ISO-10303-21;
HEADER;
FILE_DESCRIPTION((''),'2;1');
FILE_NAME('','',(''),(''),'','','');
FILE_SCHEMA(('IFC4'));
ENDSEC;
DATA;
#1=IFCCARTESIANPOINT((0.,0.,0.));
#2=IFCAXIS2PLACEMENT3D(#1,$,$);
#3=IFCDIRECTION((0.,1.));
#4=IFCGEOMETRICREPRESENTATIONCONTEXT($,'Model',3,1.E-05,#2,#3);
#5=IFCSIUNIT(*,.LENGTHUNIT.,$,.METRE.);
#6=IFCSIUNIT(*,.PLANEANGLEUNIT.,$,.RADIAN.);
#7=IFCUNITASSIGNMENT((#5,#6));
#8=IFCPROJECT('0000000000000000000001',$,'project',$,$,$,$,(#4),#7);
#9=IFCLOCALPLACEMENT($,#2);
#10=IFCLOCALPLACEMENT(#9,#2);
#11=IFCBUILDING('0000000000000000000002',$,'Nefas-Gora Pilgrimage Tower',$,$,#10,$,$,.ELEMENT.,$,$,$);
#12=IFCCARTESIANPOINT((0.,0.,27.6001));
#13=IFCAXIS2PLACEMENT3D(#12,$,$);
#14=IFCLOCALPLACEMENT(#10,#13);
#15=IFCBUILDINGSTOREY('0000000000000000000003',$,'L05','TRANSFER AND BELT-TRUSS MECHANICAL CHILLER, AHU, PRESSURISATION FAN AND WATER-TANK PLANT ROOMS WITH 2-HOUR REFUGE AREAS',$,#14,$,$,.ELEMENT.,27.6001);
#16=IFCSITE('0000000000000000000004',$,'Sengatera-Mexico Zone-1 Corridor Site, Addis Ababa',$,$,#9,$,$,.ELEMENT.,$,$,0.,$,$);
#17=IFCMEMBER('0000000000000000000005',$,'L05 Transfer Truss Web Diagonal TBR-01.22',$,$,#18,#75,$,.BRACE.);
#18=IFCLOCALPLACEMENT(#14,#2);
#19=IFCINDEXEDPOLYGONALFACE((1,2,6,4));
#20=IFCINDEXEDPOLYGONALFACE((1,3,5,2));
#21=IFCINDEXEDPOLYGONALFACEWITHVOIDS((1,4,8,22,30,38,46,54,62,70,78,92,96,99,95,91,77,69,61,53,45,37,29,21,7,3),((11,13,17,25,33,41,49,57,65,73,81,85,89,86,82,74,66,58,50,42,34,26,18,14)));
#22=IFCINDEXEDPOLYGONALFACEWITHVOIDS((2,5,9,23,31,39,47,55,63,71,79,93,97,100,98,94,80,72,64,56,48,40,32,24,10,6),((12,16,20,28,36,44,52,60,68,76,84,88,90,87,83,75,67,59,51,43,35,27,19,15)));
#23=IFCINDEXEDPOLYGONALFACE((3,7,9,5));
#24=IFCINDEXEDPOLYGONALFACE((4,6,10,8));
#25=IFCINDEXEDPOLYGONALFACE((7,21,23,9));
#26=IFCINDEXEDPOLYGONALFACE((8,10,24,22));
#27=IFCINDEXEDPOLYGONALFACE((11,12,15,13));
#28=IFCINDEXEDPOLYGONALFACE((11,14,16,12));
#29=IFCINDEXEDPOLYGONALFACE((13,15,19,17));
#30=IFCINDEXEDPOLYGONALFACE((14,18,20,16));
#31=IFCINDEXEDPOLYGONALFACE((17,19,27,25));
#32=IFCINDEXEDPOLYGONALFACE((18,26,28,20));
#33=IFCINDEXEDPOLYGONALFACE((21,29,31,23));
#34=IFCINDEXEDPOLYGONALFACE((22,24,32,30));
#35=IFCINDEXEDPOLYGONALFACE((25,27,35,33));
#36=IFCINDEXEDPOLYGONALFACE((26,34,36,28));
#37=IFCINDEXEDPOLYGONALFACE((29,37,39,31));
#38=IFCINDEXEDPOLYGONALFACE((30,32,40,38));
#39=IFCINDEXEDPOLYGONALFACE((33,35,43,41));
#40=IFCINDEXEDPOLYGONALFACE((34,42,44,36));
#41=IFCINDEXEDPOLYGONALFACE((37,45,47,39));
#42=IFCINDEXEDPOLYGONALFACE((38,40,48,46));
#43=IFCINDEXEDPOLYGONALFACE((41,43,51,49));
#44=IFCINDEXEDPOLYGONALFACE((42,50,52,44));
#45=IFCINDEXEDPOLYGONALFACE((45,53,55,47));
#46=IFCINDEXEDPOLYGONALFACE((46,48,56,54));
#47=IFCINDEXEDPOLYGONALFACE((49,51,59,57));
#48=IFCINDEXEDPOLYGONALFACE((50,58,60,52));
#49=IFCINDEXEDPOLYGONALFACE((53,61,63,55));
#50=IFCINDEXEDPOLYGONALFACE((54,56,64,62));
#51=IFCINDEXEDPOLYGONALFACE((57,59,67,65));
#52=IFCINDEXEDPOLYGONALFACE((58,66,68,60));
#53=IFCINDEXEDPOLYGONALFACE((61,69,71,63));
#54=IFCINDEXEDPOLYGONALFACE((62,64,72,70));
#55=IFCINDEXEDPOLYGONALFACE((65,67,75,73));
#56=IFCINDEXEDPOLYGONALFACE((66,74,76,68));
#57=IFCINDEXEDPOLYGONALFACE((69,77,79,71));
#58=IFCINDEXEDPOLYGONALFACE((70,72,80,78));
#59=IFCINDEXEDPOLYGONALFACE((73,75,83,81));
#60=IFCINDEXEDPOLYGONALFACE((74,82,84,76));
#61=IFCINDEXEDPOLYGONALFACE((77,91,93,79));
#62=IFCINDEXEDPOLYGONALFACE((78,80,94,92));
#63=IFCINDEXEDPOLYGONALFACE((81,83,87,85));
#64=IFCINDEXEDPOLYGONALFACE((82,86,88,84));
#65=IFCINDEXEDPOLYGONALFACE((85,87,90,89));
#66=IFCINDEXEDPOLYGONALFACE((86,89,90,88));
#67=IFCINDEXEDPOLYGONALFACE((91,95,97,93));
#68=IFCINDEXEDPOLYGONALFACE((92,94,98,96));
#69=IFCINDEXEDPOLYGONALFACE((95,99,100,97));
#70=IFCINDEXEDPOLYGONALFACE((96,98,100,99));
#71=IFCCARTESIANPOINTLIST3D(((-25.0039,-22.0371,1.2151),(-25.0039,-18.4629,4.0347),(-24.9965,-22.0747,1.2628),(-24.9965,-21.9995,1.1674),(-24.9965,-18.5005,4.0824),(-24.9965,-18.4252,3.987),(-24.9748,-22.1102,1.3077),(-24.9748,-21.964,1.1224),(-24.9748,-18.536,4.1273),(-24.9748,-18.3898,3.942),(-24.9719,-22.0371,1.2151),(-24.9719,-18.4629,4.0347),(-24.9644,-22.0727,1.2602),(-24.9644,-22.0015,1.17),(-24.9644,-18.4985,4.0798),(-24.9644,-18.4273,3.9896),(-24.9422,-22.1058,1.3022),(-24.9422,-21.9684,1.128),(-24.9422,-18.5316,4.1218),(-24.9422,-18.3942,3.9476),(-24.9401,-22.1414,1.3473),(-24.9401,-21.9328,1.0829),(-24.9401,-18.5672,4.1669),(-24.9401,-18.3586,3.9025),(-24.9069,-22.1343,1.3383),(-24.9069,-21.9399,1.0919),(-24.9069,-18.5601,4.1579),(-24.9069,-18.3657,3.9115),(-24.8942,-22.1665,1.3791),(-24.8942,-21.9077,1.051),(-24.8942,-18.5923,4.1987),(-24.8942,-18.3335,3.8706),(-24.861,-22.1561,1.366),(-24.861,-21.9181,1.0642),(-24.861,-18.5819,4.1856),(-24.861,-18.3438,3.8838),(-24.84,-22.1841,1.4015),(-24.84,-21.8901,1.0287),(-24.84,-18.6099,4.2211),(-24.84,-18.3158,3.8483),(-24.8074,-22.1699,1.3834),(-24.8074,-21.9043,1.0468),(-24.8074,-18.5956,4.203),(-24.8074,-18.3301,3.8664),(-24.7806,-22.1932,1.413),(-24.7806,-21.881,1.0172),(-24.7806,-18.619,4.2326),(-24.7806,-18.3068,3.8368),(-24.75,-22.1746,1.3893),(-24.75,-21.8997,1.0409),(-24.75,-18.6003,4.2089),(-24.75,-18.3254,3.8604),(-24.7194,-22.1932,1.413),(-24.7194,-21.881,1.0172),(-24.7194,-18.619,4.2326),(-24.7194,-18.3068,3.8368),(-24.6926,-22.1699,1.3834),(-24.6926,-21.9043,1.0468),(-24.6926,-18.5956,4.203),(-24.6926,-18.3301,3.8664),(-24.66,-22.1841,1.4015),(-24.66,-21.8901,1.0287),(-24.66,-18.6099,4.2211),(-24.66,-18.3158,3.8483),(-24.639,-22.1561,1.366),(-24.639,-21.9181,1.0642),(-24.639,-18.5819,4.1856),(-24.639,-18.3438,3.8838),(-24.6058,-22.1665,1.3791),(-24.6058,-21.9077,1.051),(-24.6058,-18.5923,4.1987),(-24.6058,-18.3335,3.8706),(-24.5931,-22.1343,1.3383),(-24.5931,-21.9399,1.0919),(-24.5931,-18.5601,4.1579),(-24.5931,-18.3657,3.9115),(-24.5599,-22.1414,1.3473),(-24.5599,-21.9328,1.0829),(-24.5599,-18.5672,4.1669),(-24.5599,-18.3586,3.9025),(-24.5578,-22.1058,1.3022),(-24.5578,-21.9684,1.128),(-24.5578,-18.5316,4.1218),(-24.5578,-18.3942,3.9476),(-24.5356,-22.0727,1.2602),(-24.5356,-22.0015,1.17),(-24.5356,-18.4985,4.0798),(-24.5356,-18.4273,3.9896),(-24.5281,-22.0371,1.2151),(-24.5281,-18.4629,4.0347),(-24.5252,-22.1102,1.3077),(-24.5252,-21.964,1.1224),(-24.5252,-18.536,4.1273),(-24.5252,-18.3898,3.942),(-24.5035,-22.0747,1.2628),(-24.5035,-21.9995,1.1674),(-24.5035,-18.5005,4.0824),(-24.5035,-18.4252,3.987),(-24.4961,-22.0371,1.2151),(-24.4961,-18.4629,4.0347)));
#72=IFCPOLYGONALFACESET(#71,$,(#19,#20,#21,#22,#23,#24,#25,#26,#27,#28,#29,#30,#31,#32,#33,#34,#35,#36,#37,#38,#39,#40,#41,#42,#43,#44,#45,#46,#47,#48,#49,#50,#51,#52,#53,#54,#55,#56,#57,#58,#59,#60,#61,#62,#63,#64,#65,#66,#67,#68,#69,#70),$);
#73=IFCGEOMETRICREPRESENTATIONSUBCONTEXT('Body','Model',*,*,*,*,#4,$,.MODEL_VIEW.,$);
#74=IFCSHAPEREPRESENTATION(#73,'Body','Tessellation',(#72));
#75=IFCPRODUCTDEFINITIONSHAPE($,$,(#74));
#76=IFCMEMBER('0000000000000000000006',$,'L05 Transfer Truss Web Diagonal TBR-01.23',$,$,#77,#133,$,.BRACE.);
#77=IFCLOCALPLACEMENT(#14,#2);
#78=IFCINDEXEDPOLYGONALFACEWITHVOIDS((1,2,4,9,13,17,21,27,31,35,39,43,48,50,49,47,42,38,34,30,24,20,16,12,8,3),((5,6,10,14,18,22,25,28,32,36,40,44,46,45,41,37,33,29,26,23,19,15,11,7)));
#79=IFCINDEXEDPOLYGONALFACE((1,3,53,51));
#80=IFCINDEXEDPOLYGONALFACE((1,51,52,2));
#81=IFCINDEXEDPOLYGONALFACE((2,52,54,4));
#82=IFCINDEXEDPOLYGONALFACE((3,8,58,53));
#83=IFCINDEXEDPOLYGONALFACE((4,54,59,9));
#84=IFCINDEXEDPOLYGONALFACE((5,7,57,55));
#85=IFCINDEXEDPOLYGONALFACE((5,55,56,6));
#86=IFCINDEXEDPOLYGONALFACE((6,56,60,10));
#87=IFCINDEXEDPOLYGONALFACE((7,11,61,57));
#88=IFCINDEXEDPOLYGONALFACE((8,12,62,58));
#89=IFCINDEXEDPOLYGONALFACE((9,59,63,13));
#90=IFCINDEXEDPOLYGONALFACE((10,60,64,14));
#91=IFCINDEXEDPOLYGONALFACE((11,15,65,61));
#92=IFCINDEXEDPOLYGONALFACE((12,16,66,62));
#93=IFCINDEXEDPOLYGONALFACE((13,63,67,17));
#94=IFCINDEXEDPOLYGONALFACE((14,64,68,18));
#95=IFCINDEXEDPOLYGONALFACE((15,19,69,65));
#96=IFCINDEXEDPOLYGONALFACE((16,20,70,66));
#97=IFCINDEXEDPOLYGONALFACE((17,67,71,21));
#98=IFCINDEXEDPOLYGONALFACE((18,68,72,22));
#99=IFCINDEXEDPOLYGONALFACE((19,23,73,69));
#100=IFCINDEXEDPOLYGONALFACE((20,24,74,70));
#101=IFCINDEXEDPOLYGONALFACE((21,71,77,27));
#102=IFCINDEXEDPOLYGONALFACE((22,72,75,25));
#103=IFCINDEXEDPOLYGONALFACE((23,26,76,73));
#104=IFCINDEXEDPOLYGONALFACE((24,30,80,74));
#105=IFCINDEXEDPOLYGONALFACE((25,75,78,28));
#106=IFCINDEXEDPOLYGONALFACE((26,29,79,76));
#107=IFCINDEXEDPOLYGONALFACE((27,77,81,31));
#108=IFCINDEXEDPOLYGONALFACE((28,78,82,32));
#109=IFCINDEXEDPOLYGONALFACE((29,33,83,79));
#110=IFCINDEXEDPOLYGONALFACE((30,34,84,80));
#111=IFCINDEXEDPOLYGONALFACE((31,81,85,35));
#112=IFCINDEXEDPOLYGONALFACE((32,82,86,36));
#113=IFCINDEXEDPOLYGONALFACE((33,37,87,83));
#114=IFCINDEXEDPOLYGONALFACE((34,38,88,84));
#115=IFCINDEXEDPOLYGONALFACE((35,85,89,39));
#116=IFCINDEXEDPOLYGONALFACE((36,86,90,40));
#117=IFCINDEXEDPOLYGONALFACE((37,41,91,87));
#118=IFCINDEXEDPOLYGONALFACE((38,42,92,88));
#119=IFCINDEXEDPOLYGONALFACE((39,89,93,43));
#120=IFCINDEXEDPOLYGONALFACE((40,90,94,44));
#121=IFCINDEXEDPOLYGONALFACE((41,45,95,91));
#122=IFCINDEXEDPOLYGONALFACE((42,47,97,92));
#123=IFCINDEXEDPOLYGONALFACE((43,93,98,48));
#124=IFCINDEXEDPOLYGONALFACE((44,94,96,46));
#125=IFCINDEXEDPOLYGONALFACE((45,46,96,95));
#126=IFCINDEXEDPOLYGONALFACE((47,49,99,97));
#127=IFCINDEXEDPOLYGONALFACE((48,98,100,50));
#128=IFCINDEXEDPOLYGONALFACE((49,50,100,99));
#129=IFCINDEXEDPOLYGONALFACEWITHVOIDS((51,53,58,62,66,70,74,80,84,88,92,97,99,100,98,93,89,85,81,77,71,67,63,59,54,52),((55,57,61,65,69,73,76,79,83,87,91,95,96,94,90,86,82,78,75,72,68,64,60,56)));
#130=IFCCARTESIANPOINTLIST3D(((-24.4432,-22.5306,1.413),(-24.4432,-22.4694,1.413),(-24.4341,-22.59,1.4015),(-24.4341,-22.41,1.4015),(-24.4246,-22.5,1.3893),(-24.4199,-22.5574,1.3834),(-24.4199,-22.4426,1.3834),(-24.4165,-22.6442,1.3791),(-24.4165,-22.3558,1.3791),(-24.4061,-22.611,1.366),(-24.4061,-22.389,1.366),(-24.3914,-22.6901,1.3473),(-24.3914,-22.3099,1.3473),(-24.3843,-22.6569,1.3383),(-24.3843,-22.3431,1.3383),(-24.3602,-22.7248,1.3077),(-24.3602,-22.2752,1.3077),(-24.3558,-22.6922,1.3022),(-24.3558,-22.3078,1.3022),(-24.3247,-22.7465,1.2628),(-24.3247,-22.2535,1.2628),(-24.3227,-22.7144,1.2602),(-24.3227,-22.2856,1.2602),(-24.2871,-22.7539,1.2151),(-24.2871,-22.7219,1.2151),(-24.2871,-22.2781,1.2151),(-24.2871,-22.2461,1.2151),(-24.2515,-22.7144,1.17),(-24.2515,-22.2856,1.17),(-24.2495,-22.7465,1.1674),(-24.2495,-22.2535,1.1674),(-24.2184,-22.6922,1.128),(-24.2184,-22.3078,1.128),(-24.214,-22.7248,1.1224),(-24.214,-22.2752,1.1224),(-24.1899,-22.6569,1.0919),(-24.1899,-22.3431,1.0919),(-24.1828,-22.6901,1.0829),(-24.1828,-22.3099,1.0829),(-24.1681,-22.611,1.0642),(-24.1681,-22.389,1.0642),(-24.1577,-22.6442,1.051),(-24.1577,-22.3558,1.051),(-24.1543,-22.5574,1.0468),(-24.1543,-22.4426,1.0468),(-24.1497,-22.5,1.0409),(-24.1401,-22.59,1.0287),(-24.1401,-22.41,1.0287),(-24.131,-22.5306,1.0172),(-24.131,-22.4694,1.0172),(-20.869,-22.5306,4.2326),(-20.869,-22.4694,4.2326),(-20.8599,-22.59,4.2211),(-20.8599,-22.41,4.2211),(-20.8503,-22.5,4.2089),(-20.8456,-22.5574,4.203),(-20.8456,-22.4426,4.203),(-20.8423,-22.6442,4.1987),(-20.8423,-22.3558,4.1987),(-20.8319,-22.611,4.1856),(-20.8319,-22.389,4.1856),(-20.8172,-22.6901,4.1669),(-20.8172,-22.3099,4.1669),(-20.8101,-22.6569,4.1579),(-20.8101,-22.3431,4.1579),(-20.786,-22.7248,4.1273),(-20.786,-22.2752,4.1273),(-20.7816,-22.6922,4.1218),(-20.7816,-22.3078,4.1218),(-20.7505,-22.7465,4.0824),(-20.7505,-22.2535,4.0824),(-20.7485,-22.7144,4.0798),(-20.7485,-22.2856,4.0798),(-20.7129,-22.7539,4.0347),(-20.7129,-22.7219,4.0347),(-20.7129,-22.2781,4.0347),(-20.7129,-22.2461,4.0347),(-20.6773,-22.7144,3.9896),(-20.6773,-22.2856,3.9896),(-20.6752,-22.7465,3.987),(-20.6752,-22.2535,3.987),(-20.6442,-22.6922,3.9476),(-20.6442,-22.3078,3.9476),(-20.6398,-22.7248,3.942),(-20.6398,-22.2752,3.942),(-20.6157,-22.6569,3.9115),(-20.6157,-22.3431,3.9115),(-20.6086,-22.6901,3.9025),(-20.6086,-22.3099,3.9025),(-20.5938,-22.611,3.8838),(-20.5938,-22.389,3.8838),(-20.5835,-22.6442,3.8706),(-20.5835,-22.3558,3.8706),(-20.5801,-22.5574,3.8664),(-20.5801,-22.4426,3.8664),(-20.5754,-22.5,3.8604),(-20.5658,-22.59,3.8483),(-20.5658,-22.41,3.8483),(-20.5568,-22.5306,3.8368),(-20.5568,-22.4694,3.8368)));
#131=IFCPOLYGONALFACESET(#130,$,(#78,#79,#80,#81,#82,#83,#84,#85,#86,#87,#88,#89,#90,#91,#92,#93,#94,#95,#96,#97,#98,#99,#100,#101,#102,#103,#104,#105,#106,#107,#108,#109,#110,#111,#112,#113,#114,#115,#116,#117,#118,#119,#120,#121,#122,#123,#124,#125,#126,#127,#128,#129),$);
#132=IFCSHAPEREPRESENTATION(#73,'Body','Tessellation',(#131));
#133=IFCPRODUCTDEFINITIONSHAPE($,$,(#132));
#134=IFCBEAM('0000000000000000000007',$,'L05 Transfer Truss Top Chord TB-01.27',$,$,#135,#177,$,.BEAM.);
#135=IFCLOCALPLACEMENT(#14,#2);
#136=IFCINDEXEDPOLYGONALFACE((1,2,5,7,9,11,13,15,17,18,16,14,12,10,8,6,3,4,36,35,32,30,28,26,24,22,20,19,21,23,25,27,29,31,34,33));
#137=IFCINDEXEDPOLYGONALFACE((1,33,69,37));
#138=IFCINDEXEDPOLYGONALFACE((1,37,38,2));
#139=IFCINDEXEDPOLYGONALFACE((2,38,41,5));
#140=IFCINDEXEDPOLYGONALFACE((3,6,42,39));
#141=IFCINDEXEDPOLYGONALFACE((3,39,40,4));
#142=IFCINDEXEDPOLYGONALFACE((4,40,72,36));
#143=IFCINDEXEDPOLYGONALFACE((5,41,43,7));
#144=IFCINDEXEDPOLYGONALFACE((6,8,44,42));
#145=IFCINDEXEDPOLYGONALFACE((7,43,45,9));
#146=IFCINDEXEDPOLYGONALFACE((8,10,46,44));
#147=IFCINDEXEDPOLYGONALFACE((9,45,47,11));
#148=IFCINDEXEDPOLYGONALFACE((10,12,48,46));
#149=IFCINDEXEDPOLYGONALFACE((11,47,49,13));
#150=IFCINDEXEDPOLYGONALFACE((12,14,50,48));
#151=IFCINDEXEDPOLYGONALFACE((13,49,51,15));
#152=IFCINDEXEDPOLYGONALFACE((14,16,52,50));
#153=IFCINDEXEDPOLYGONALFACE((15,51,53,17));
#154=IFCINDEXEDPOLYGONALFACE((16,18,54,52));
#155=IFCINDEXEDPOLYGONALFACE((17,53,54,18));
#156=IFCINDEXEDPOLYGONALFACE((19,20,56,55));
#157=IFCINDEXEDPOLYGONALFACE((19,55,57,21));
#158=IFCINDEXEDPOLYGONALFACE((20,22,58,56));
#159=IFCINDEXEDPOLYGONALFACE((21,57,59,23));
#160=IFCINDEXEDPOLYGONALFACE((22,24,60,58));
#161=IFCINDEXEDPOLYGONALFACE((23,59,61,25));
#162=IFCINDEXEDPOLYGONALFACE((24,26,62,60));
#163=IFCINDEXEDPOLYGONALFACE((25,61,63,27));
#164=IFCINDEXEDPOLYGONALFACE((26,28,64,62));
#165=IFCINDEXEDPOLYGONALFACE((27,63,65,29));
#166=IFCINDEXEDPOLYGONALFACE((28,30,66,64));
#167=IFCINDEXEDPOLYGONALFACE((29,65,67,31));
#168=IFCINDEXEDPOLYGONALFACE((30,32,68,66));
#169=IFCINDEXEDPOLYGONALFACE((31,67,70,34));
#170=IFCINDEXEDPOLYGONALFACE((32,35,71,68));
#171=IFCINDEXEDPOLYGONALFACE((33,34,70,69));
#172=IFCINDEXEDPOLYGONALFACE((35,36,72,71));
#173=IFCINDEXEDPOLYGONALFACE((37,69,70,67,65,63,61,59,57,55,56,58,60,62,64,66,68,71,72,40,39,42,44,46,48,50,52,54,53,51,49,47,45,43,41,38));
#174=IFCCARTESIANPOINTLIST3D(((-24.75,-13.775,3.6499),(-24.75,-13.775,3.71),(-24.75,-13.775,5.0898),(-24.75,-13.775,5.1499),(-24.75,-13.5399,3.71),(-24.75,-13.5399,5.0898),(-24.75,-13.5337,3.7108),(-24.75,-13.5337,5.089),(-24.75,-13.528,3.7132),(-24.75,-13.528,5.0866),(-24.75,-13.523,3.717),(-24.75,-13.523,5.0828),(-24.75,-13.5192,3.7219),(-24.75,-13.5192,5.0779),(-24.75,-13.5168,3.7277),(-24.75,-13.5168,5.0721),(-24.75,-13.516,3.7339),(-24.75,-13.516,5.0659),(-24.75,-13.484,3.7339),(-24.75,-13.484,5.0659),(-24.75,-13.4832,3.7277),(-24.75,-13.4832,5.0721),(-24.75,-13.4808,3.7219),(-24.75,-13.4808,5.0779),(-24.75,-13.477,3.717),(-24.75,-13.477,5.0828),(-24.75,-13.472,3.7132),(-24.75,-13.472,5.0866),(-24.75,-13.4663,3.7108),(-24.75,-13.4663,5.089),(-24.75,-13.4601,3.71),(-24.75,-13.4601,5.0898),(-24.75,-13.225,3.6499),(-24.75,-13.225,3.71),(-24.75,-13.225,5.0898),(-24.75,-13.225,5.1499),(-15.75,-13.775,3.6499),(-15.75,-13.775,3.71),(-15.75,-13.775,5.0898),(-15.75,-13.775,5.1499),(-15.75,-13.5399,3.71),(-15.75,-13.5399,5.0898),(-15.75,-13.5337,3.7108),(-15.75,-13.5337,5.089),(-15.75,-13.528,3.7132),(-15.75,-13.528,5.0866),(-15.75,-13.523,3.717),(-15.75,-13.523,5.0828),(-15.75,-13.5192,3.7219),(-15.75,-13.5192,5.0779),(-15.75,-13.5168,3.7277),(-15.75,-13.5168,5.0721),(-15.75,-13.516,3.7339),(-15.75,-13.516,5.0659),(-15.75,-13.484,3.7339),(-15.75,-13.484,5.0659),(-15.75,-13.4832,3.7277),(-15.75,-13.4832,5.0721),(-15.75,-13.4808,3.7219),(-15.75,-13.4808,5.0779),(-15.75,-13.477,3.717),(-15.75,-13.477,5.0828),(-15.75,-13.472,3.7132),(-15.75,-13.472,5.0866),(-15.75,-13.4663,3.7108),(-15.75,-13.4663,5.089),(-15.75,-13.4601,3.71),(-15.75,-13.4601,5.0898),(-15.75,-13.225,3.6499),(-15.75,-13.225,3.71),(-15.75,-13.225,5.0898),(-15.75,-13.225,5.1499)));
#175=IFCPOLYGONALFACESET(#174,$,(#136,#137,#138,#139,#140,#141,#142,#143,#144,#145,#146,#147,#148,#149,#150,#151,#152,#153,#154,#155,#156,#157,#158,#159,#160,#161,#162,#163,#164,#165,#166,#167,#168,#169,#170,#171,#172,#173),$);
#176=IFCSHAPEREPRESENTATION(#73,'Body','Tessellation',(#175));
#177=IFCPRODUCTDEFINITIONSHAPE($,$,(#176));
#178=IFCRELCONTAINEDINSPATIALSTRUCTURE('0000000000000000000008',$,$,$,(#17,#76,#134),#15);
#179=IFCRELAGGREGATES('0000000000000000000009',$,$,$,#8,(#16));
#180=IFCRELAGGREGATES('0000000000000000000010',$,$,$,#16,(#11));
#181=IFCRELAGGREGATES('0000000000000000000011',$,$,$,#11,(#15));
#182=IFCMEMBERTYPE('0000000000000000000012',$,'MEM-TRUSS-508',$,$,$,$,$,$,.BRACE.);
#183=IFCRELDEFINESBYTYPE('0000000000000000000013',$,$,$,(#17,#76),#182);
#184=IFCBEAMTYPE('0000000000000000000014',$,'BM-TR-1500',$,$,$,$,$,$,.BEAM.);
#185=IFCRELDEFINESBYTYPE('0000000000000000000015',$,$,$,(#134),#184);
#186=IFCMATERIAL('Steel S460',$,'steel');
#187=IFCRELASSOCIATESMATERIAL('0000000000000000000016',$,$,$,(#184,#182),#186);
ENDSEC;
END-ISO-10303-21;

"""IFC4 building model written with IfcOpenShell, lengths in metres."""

from ifc_helpers import new_model, si_unit, direction, frame, origin, origin_2d, place, context, subcontext, project, spatial, hollow_circle, i_section, extrude, source, transform, mapped, material, material_profile, profile_set, type_object, element, save


model = new_model("IFC4")

# Units and contexts
model_context = context("Model", 3, precision=1e-05, world=origin(), true_north=direction((0.0, 1.0)))
body_context = subcontext(model_context, "Body", "Model", "MODEL_VIEW")
ifc_project = project(units=[si_unit("LENGTHUNIT", "METRE"), si_unit("PLANEANGLEUNIT", "RADIAN")], contexts=[model_context])

# Site, building, storey
site_placement = place(None, origin())
site = spatial("IfcSite", under=ifc_project, at=site_placement, Name="Sengatera-Mexico Zone-1 Corridor Site, Addis Ababa", CompositionType="ELEMENT", RefElevation=0.0)
building_placement = place(site_placement, origin())
building = spatial("IfcBuilding", under=site, at=building_placement, Name="Nefas-Gora Pilgrimage Tower", CompositionType="ELEMENT")
storey_placement = place(building_placement, frame((0.0, 0.0, 27.6001)))
storey = spatial("IfcBuildingStorey", under=building, at=storey_placement, Name="L05", Description="TRANSFER AND BELT-TRUSS MECHANICAL CHILLER, AHU, PRESSURISATION FAN AND WATER-TANK PLANT ROOMS WITH 2-HOUR REFUGE AREAS", CompositionType="ELEMENT", Elevation=27.6001)

# Shared definitions
ifc_material = material(Name="Steel S460", Category="steel")

# Shared definitions
ifc_material_profile_1 = material_profile(ifc_material, i_section(OverallWidth=0.55, OverallDepth=1.5, WebThickness=0.032, FlangeThickness=0.0601, FilletRadius=0.0239, at=origin_2d()), Name="WPG 1500x550x32x60")
ifc_profile_set_1 = profile_set([ifc_material_profile_1], Name="Steel S460")
beam_type_1 = type_object("IfcBeamType", Name="BM-TR-1500", PredefinedType="BEAM", material=ifc_profile_set_1)

# Shared definitions
ifc_material_profile_2 = material_profile(ifc_material, hollow_circle(Radius=0.2539, WallThickness=0.032, at=origin_2d()), Name="CHS 508x32")
ifc_profile_set_2 = profile_set([ifc_material_profile_2], Name="Steel S460")
member_type = type_object("IfcMemberType", Name="MEM-TRUSS-508", PredefinedType="BRACE", material=ifc_profile_set_2)

# Members
shared_shape_1 = source(origin(), body_context, "Body", "SweptSolid", [
    extrude(hollow_circle(Radius=0.2539, WallThickness=0.032, at=origin_2d()), origin(), (0.0, 0.0, 1.0), 4.5525),
])
for number, where, z_axis, x_axis, name in (
    (1, (-24.75, -22.0371, 1.2151), (0.0, 0.785115, 0.61935), (-1.0, 0.0, 0.0), "L05 Transfer Truss Web Diagonal TBR-01.22"),
    (2, (-24.2871, -22.5, 1.2151), (0.785115, 0.0, 0.61935), (0.0, 1.0, 0.0), "L05 Transfer Truss Web Diagonal TBR-01.23"),
):
    element("IfcMember", number, at=place(storey_placement, frame(where, z_axis=z_axis, x_axis=x_axis)), inside=storey, type_object=member_type, Name=name, PredefinedType="BRACE", context=body_context, shape_type="MappedRepresentation", body=[
        mapped(shared_shape_1, transform((0.0, 0.0, 0.0), x_axis=(1.0, 0.0, 0.0), y_axis=(0.0, 1.0, 0.0), z_axis=(0.0, 0.0, 1.0), scale=1.0)),
    ])

# Beam
shared_shape_2 = source(origin(), body_context, "Body", "SweptSolid", [
    extrude(i_section(OverallWidth=0.55, OverallDepth=1.5, WebThickness=0.032, FlangeThickness=0.0601, FilletRadius=0.0239, at=origin_2d()), origin(), (0.0, 0.0, 1.0), 9.0),
])
beam_placement = place(storey_placement, frame((-24.75, -13.5, 4.3999), z_axis=(1.0, 0.0, 0.0), x_axis=(0.0, 1.0, 0.0)))
element("IfcBeam", 3, at=beam_placement, inside=storey, type_object=beam_type_1, Name="L05 Transfer Truss Top Chord TB-01.27", PredefinedType="BEAM", context=body_context, shape_type="MappedRepresentation", body=[
    mapped(shared_shape_2, transform((0.0, 0.0, 0.0), x_axis=(1.0, 0.0, 0.0), y_axis=(0.0, 1.0, 0.0), z_axis=(0.0, 0.0, 1.0), scale=1.0)),
])

save(model, "model.ifc")
